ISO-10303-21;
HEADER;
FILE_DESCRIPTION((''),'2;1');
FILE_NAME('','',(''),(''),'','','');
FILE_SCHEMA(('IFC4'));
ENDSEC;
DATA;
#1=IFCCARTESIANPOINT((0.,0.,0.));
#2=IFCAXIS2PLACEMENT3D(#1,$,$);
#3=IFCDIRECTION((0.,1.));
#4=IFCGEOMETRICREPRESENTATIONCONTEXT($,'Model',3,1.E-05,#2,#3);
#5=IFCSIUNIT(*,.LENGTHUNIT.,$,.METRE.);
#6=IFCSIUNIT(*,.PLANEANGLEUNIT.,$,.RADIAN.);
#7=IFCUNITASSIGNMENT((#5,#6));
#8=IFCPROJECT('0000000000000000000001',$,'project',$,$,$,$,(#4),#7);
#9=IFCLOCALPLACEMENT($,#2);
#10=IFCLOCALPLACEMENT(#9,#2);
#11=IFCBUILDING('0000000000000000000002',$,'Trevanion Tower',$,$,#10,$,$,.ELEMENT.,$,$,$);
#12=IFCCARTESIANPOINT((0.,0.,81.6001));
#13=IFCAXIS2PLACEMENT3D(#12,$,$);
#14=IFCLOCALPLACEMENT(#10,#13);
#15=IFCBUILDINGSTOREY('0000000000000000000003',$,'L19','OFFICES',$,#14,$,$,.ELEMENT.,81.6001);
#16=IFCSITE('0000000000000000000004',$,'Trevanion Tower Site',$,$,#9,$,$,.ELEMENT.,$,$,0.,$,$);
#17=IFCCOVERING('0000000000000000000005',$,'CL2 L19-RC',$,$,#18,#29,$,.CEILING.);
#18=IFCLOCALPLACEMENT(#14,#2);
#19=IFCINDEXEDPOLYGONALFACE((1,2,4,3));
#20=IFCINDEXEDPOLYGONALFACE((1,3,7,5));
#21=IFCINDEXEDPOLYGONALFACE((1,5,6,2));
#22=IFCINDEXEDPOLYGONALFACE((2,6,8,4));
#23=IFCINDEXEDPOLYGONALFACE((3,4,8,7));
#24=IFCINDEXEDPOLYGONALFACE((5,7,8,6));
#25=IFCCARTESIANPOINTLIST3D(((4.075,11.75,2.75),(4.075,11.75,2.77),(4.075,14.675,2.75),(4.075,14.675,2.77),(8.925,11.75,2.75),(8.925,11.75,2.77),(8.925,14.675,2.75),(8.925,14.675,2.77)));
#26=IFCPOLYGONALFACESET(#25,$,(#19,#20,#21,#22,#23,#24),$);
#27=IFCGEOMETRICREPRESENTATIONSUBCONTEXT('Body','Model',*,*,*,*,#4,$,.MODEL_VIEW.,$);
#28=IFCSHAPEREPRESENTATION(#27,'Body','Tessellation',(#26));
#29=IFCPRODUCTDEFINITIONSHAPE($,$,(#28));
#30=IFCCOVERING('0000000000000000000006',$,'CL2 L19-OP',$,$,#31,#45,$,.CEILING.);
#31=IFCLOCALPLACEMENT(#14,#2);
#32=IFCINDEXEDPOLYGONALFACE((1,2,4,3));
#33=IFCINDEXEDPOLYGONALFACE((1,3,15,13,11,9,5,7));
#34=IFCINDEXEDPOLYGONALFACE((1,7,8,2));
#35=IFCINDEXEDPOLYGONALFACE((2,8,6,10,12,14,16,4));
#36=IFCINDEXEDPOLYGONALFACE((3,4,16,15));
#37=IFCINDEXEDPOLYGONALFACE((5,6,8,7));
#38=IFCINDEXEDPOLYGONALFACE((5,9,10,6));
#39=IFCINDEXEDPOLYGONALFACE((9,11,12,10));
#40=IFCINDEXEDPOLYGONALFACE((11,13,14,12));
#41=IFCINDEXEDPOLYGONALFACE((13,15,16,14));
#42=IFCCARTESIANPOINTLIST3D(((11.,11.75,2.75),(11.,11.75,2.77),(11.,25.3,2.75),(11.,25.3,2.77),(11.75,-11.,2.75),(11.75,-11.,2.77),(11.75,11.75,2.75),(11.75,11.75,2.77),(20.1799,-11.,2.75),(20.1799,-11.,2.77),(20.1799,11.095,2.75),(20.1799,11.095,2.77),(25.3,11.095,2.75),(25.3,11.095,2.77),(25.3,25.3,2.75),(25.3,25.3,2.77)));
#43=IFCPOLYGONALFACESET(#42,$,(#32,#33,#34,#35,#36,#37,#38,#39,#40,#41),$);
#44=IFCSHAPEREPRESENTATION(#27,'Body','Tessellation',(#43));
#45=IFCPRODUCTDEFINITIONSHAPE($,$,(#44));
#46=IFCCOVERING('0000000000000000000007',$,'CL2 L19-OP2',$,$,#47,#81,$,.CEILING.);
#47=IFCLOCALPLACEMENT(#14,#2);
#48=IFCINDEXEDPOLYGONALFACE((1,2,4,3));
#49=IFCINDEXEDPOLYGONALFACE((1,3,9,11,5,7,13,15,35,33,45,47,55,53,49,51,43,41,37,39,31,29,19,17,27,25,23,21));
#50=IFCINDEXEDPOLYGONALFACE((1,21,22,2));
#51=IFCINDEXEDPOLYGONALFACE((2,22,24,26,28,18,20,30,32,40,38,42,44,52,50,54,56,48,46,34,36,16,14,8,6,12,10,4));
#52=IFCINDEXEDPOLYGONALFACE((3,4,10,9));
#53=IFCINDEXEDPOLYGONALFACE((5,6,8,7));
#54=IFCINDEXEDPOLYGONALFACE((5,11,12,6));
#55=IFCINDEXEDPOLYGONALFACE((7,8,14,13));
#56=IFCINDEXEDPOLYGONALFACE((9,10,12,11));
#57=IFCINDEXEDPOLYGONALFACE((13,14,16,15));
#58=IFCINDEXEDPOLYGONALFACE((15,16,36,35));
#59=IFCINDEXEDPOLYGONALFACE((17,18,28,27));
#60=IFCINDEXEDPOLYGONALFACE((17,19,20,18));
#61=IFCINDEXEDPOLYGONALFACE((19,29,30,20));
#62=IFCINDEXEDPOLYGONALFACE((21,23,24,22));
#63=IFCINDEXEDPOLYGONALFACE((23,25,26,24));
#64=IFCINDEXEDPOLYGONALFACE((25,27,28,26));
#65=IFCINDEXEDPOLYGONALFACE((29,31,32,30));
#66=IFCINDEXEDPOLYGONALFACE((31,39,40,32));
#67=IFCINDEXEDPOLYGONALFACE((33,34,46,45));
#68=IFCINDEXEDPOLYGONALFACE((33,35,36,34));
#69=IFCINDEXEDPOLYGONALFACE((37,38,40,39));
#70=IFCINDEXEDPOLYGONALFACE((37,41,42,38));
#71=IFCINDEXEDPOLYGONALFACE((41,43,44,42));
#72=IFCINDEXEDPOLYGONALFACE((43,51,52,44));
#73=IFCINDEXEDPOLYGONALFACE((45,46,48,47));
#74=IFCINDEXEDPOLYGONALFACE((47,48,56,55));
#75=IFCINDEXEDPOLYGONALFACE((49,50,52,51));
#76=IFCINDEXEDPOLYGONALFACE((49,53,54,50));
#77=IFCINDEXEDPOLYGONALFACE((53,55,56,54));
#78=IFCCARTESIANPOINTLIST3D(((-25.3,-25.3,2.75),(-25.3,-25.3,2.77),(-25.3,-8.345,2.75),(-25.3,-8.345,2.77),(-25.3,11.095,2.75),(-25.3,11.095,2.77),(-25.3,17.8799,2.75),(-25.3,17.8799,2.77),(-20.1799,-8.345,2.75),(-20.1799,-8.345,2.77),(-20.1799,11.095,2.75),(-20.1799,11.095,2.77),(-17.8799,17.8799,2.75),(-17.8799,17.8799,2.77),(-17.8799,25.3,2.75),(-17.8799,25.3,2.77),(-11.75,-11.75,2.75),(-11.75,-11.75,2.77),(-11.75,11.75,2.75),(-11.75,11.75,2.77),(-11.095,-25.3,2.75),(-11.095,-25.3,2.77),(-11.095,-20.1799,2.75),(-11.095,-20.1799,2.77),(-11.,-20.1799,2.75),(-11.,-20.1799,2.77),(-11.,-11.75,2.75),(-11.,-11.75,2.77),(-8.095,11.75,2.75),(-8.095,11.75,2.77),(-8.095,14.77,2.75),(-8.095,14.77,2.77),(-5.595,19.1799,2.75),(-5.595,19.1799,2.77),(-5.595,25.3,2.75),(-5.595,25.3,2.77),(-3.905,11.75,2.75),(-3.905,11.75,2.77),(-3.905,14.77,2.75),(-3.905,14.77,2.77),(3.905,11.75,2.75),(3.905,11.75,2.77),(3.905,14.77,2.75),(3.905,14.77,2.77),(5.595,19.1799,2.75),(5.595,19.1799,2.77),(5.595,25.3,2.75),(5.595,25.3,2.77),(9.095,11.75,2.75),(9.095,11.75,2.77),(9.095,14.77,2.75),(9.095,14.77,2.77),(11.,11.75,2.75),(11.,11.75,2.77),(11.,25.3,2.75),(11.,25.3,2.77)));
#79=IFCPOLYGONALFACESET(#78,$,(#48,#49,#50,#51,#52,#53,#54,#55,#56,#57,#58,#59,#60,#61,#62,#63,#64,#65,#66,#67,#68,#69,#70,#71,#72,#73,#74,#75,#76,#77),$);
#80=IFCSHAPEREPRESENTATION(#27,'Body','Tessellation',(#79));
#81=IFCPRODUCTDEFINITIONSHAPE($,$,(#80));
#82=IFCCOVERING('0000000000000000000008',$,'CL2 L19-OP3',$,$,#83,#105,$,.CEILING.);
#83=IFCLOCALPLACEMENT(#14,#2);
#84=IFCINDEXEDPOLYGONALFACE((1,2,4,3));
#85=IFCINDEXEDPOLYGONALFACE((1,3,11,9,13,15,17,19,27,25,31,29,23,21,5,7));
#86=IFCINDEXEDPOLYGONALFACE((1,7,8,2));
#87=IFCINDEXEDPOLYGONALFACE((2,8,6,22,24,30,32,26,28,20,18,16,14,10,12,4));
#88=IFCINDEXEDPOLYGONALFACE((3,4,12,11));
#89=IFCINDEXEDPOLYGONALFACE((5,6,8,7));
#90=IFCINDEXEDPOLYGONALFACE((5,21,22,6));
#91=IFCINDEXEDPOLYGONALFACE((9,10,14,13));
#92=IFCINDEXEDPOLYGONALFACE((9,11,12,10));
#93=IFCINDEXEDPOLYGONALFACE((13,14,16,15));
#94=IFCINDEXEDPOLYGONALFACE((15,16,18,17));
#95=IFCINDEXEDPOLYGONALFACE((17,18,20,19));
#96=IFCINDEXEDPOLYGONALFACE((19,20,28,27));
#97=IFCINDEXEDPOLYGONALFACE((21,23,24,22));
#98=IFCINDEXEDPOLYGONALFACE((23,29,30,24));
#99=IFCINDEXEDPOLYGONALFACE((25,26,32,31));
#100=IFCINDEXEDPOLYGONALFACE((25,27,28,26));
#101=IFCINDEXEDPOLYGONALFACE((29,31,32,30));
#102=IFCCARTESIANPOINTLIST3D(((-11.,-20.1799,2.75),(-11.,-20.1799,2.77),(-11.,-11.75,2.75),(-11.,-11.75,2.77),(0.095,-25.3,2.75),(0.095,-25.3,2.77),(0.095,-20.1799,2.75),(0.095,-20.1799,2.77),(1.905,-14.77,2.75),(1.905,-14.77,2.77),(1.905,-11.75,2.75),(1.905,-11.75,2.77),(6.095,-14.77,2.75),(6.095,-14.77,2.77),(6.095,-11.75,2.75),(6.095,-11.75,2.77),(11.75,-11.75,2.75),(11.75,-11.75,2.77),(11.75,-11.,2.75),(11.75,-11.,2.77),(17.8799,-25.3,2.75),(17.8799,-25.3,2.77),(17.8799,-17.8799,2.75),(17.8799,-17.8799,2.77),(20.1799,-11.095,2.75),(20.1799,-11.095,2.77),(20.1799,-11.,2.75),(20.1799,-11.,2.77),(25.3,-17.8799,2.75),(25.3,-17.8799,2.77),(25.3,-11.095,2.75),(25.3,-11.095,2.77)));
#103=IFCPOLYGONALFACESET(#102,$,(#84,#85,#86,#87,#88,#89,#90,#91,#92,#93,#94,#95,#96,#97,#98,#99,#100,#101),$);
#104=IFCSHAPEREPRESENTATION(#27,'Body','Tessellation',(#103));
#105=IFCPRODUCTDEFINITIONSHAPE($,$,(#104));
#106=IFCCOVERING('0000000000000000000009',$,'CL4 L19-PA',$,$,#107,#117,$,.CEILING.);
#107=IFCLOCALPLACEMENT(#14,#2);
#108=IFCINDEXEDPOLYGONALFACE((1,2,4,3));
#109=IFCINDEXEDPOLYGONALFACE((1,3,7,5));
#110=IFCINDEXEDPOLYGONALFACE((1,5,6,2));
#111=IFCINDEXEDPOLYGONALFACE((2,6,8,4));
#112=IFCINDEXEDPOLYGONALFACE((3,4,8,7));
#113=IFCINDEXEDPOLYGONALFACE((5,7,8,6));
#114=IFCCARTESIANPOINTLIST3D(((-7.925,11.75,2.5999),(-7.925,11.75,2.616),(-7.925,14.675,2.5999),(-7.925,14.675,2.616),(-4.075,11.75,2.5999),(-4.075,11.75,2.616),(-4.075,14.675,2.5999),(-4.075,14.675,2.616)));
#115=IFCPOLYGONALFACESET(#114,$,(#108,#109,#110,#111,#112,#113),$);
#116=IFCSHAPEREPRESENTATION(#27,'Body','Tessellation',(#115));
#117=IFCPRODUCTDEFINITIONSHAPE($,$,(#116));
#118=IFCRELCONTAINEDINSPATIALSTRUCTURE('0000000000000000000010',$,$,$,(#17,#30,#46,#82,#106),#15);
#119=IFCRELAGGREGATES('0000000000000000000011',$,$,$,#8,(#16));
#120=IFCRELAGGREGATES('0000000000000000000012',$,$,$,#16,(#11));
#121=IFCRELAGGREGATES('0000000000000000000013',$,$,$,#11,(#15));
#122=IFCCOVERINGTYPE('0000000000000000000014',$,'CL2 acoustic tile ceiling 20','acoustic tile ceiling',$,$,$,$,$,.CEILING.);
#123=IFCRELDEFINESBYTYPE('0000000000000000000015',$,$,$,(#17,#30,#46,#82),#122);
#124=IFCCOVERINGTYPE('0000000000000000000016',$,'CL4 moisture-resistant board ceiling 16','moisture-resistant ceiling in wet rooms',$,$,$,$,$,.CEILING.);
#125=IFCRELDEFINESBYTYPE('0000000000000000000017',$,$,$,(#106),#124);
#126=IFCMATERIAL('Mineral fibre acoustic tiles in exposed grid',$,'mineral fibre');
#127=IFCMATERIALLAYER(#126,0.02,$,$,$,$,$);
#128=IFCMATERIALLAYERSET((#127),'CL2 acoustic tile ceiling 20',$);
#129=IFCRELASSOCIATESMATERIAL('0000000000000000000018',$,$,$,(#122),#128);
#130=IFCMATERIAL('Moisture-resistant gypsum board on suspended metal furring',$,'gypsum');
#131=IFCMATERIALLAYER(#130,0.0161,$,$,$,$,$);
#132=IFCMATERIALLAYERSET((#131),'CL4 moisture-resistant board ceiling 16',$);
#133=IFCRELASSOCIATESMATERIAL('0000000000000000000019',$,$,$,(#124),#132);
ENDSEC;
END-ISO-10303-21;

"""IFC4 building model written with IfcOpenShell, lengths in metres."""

from ifc_helpers import new_model, si_unit, direction, frame, origin, place, context, subcontext, project, spatial, polyline, outline, extrude, material, layer, layer_set, type_object, element, save


model = new_model("IFC4")

# Units and contexts
model_context = context("Model", 3, precision=1e-05, world=origin(), true_north=direction((0.0, 1.0)))
body_context = subcontext(model_context, "Body", "Model", "MODEL_VIEW")
ifc_project = project(units=[si_unit("LENGTHUNIT", "METRE"), si_unit("PLANEANGLEUNIT", "RADIAN")], contexts=[model_context])

# Site, building, storey
site_placement = place(None, origin())
site = spatial("IfcSite", under=ifc_project, at=site_placement, Name="Trevanion Tower Site", CompositionType="ELEMENT", RefElevation=0.0)
building_placement = place(site_placement, origin())
building = spatial("IfcBuilding", under=site, at=building_placement, Name="Trevanion Tower", CompositionType="ELEMENT")
storey_placement = place(building_placement, frame((0.0, 0.0, 81.6001)))
storey = spatial("IfcBuildingStorey", under=building, at=storey_placement, Name="L19", Description="OFFICES", CompositionType="ELEMENT", Elevation=81.6001)

# Coverings
ifc_material_1 = material(Name="Mineral fibre acoustic tiles in exposed grid", Category="mineral fibre")
ifc_layer_1 = layer(ifc_material_1, 0.02)
ifc_layer_set_1 = layer_set([ifc_layer_1], Name="CL2 acoustic tile ceiling 20")
covering_type_1 = type_object("IfcCoveringType", Name="CL2 acoustic tile ceiling 20", Description="acoustic tile ceiling", PredefinedType="CEILING", material=ifc_layer_set_1)
covering_1_placement = place(storey_placement, frame((0.0, 0.0, 2.75)))
element("IfcCovering", 1, at=covering_1_placement, inside=storey, type_object=covering_type_1, Name="CL2 L19-RC", PredefinedType="CEILING", context=body_context, shape_type="SweptSolid", body=[
    extrude(outline(polyline([(4.075, 14.675), (8.925, 14.675), (8.925, 11.75), (4.075, 11.75), (4.075, 14.675)])), origin(), (0.0, 0.0, 1.0), 0.02),
])
covering_2_placement = place(storey_placement, frame((0.0, 0.0, 2.75)))
element("IfcCovering", 2, at=covering_2_placement, inside=storey, type_object=covering_type_1, Name="CL2 L19-OP", PredefinedType="CEILING", context=body_context, shape_type="SweptSolid", body=[
    extrude(outline(polyline([(11.75, 11.75), (11.0, 11.75), (11.0, 25.3), (25.3, 25.3), (25.3, 11.095), (20.1799, 11.095), (20.1799, -11.0), (11.75, -11.0), (11.75, 11.75)])), origin(), (0.0, 0.0, 1.0), 0.02),
])
covering_3_placement = place(storey_placement, frame((0.0, 0.0, 2.75)))
element("IfcCovering", 3, at=covering_3_placement, inside=storey, type_object=covering_type_1, Name="CL2 L19-OP2", PredefinedType="CEILING", context=body_context, shape_type="SweptSolid", body=[
    extrude(outline(polyline([(-11.0, -11.75), (-11.0, -20.1799), (-11.095, -20.1799), (-11.095, -25.3), (-25.3, -25.3), (-25.3, -8.345), (-20.1799, -8.345), (-20.1799, 11.095), (-25.3, 11.095), (-25.3, 17.8799), (-17.8799, 17.8799), (-17.8799, 25.3), (-5.595, 25.3), (-5.595, 19.1799), (5.595, 19.1799), (5.595, 25.3), (11.0, 25.3), (11.0, 11.75), (9.095, 11.75), (9.095, 14.77), (3.905, 14.77), (3.905, 11.75), (-3.905, 11.75), (-3.905, 14.77), (-8.095, 14.77), (-8.095, 11.75), (-11.75, 11.75), (-11.75, -11.75), (-11.0, -11.75)])), origin(), (0.0, 0.0, 1.0), 0.02),
])
covering_4_placement = place(storey_placement, frame((0.0, 0.0, 2.75)))
element("IfcCovering", 4, at=covering_4_placement, inside=storey, type_object=covering_type_1, Name="CL2 L19-OP3", PredefinedType="CEILING", context=body_context, shape_type="SweptSolid", body=[
    extrude(outline(polyline([(1.905, -11.75), (1.905, -14.77), (6.095, -14.77), (6.095, -11.75), (11.75, -11.75), (11.75, -11.0), (20.1799, -11.0), (20.1799, -11.095), (25.3, -11.095), (25.3, -17.8799), (17.8799, -17.8799), (17.8799, -25.3), (0.095, -25.3), (0.095, -20.1799), (-11.0, -20.1799), (-11.0, -11.75), (1.905, -11.75)])), origin(), (0.0, 0.0, 1.0), 0.02),
])
ifc_material_2 = material(Name="Moisture-resistant gypsum board on suspended metal furring", Category="gypsum")
ifc_layer_2 = layer(ifc_material_2, 0.0161)
ifc_layer_set_2 = layer_set([ifc_layer_2], Name="CL4 moisture-resistant board ceiling 16")
covering_type_2 = type_object("IfcCoveringType", Name="CL4 moisture-resistant board ceiling 16", Description="moisture-resistant ceiling in wet rooms", PredefinedType="CEILING", material=ifc_layer_set_2)
covering_5_placement = place(storey_placement, frame((0.0, 0.0, 2.5999)))
element("IfcCovering", 5, at=covering_5_placement, inside=storey, type_object=covering_type_2, Name="CL4 L19-PA", PredefinedType="CEILING", context=body_context, shape_type="SweptSolid", body=[
    extrude(outline(polyline([(-7.925, 14.675), (-4.075, 14.675), (-4.075, 11.75), (-7.925, 11.75), (-7.925, 14.675)])), origin(), (0.0, 0.0, 1.0), 0.0161),
])

save(model, "model.ifc")
